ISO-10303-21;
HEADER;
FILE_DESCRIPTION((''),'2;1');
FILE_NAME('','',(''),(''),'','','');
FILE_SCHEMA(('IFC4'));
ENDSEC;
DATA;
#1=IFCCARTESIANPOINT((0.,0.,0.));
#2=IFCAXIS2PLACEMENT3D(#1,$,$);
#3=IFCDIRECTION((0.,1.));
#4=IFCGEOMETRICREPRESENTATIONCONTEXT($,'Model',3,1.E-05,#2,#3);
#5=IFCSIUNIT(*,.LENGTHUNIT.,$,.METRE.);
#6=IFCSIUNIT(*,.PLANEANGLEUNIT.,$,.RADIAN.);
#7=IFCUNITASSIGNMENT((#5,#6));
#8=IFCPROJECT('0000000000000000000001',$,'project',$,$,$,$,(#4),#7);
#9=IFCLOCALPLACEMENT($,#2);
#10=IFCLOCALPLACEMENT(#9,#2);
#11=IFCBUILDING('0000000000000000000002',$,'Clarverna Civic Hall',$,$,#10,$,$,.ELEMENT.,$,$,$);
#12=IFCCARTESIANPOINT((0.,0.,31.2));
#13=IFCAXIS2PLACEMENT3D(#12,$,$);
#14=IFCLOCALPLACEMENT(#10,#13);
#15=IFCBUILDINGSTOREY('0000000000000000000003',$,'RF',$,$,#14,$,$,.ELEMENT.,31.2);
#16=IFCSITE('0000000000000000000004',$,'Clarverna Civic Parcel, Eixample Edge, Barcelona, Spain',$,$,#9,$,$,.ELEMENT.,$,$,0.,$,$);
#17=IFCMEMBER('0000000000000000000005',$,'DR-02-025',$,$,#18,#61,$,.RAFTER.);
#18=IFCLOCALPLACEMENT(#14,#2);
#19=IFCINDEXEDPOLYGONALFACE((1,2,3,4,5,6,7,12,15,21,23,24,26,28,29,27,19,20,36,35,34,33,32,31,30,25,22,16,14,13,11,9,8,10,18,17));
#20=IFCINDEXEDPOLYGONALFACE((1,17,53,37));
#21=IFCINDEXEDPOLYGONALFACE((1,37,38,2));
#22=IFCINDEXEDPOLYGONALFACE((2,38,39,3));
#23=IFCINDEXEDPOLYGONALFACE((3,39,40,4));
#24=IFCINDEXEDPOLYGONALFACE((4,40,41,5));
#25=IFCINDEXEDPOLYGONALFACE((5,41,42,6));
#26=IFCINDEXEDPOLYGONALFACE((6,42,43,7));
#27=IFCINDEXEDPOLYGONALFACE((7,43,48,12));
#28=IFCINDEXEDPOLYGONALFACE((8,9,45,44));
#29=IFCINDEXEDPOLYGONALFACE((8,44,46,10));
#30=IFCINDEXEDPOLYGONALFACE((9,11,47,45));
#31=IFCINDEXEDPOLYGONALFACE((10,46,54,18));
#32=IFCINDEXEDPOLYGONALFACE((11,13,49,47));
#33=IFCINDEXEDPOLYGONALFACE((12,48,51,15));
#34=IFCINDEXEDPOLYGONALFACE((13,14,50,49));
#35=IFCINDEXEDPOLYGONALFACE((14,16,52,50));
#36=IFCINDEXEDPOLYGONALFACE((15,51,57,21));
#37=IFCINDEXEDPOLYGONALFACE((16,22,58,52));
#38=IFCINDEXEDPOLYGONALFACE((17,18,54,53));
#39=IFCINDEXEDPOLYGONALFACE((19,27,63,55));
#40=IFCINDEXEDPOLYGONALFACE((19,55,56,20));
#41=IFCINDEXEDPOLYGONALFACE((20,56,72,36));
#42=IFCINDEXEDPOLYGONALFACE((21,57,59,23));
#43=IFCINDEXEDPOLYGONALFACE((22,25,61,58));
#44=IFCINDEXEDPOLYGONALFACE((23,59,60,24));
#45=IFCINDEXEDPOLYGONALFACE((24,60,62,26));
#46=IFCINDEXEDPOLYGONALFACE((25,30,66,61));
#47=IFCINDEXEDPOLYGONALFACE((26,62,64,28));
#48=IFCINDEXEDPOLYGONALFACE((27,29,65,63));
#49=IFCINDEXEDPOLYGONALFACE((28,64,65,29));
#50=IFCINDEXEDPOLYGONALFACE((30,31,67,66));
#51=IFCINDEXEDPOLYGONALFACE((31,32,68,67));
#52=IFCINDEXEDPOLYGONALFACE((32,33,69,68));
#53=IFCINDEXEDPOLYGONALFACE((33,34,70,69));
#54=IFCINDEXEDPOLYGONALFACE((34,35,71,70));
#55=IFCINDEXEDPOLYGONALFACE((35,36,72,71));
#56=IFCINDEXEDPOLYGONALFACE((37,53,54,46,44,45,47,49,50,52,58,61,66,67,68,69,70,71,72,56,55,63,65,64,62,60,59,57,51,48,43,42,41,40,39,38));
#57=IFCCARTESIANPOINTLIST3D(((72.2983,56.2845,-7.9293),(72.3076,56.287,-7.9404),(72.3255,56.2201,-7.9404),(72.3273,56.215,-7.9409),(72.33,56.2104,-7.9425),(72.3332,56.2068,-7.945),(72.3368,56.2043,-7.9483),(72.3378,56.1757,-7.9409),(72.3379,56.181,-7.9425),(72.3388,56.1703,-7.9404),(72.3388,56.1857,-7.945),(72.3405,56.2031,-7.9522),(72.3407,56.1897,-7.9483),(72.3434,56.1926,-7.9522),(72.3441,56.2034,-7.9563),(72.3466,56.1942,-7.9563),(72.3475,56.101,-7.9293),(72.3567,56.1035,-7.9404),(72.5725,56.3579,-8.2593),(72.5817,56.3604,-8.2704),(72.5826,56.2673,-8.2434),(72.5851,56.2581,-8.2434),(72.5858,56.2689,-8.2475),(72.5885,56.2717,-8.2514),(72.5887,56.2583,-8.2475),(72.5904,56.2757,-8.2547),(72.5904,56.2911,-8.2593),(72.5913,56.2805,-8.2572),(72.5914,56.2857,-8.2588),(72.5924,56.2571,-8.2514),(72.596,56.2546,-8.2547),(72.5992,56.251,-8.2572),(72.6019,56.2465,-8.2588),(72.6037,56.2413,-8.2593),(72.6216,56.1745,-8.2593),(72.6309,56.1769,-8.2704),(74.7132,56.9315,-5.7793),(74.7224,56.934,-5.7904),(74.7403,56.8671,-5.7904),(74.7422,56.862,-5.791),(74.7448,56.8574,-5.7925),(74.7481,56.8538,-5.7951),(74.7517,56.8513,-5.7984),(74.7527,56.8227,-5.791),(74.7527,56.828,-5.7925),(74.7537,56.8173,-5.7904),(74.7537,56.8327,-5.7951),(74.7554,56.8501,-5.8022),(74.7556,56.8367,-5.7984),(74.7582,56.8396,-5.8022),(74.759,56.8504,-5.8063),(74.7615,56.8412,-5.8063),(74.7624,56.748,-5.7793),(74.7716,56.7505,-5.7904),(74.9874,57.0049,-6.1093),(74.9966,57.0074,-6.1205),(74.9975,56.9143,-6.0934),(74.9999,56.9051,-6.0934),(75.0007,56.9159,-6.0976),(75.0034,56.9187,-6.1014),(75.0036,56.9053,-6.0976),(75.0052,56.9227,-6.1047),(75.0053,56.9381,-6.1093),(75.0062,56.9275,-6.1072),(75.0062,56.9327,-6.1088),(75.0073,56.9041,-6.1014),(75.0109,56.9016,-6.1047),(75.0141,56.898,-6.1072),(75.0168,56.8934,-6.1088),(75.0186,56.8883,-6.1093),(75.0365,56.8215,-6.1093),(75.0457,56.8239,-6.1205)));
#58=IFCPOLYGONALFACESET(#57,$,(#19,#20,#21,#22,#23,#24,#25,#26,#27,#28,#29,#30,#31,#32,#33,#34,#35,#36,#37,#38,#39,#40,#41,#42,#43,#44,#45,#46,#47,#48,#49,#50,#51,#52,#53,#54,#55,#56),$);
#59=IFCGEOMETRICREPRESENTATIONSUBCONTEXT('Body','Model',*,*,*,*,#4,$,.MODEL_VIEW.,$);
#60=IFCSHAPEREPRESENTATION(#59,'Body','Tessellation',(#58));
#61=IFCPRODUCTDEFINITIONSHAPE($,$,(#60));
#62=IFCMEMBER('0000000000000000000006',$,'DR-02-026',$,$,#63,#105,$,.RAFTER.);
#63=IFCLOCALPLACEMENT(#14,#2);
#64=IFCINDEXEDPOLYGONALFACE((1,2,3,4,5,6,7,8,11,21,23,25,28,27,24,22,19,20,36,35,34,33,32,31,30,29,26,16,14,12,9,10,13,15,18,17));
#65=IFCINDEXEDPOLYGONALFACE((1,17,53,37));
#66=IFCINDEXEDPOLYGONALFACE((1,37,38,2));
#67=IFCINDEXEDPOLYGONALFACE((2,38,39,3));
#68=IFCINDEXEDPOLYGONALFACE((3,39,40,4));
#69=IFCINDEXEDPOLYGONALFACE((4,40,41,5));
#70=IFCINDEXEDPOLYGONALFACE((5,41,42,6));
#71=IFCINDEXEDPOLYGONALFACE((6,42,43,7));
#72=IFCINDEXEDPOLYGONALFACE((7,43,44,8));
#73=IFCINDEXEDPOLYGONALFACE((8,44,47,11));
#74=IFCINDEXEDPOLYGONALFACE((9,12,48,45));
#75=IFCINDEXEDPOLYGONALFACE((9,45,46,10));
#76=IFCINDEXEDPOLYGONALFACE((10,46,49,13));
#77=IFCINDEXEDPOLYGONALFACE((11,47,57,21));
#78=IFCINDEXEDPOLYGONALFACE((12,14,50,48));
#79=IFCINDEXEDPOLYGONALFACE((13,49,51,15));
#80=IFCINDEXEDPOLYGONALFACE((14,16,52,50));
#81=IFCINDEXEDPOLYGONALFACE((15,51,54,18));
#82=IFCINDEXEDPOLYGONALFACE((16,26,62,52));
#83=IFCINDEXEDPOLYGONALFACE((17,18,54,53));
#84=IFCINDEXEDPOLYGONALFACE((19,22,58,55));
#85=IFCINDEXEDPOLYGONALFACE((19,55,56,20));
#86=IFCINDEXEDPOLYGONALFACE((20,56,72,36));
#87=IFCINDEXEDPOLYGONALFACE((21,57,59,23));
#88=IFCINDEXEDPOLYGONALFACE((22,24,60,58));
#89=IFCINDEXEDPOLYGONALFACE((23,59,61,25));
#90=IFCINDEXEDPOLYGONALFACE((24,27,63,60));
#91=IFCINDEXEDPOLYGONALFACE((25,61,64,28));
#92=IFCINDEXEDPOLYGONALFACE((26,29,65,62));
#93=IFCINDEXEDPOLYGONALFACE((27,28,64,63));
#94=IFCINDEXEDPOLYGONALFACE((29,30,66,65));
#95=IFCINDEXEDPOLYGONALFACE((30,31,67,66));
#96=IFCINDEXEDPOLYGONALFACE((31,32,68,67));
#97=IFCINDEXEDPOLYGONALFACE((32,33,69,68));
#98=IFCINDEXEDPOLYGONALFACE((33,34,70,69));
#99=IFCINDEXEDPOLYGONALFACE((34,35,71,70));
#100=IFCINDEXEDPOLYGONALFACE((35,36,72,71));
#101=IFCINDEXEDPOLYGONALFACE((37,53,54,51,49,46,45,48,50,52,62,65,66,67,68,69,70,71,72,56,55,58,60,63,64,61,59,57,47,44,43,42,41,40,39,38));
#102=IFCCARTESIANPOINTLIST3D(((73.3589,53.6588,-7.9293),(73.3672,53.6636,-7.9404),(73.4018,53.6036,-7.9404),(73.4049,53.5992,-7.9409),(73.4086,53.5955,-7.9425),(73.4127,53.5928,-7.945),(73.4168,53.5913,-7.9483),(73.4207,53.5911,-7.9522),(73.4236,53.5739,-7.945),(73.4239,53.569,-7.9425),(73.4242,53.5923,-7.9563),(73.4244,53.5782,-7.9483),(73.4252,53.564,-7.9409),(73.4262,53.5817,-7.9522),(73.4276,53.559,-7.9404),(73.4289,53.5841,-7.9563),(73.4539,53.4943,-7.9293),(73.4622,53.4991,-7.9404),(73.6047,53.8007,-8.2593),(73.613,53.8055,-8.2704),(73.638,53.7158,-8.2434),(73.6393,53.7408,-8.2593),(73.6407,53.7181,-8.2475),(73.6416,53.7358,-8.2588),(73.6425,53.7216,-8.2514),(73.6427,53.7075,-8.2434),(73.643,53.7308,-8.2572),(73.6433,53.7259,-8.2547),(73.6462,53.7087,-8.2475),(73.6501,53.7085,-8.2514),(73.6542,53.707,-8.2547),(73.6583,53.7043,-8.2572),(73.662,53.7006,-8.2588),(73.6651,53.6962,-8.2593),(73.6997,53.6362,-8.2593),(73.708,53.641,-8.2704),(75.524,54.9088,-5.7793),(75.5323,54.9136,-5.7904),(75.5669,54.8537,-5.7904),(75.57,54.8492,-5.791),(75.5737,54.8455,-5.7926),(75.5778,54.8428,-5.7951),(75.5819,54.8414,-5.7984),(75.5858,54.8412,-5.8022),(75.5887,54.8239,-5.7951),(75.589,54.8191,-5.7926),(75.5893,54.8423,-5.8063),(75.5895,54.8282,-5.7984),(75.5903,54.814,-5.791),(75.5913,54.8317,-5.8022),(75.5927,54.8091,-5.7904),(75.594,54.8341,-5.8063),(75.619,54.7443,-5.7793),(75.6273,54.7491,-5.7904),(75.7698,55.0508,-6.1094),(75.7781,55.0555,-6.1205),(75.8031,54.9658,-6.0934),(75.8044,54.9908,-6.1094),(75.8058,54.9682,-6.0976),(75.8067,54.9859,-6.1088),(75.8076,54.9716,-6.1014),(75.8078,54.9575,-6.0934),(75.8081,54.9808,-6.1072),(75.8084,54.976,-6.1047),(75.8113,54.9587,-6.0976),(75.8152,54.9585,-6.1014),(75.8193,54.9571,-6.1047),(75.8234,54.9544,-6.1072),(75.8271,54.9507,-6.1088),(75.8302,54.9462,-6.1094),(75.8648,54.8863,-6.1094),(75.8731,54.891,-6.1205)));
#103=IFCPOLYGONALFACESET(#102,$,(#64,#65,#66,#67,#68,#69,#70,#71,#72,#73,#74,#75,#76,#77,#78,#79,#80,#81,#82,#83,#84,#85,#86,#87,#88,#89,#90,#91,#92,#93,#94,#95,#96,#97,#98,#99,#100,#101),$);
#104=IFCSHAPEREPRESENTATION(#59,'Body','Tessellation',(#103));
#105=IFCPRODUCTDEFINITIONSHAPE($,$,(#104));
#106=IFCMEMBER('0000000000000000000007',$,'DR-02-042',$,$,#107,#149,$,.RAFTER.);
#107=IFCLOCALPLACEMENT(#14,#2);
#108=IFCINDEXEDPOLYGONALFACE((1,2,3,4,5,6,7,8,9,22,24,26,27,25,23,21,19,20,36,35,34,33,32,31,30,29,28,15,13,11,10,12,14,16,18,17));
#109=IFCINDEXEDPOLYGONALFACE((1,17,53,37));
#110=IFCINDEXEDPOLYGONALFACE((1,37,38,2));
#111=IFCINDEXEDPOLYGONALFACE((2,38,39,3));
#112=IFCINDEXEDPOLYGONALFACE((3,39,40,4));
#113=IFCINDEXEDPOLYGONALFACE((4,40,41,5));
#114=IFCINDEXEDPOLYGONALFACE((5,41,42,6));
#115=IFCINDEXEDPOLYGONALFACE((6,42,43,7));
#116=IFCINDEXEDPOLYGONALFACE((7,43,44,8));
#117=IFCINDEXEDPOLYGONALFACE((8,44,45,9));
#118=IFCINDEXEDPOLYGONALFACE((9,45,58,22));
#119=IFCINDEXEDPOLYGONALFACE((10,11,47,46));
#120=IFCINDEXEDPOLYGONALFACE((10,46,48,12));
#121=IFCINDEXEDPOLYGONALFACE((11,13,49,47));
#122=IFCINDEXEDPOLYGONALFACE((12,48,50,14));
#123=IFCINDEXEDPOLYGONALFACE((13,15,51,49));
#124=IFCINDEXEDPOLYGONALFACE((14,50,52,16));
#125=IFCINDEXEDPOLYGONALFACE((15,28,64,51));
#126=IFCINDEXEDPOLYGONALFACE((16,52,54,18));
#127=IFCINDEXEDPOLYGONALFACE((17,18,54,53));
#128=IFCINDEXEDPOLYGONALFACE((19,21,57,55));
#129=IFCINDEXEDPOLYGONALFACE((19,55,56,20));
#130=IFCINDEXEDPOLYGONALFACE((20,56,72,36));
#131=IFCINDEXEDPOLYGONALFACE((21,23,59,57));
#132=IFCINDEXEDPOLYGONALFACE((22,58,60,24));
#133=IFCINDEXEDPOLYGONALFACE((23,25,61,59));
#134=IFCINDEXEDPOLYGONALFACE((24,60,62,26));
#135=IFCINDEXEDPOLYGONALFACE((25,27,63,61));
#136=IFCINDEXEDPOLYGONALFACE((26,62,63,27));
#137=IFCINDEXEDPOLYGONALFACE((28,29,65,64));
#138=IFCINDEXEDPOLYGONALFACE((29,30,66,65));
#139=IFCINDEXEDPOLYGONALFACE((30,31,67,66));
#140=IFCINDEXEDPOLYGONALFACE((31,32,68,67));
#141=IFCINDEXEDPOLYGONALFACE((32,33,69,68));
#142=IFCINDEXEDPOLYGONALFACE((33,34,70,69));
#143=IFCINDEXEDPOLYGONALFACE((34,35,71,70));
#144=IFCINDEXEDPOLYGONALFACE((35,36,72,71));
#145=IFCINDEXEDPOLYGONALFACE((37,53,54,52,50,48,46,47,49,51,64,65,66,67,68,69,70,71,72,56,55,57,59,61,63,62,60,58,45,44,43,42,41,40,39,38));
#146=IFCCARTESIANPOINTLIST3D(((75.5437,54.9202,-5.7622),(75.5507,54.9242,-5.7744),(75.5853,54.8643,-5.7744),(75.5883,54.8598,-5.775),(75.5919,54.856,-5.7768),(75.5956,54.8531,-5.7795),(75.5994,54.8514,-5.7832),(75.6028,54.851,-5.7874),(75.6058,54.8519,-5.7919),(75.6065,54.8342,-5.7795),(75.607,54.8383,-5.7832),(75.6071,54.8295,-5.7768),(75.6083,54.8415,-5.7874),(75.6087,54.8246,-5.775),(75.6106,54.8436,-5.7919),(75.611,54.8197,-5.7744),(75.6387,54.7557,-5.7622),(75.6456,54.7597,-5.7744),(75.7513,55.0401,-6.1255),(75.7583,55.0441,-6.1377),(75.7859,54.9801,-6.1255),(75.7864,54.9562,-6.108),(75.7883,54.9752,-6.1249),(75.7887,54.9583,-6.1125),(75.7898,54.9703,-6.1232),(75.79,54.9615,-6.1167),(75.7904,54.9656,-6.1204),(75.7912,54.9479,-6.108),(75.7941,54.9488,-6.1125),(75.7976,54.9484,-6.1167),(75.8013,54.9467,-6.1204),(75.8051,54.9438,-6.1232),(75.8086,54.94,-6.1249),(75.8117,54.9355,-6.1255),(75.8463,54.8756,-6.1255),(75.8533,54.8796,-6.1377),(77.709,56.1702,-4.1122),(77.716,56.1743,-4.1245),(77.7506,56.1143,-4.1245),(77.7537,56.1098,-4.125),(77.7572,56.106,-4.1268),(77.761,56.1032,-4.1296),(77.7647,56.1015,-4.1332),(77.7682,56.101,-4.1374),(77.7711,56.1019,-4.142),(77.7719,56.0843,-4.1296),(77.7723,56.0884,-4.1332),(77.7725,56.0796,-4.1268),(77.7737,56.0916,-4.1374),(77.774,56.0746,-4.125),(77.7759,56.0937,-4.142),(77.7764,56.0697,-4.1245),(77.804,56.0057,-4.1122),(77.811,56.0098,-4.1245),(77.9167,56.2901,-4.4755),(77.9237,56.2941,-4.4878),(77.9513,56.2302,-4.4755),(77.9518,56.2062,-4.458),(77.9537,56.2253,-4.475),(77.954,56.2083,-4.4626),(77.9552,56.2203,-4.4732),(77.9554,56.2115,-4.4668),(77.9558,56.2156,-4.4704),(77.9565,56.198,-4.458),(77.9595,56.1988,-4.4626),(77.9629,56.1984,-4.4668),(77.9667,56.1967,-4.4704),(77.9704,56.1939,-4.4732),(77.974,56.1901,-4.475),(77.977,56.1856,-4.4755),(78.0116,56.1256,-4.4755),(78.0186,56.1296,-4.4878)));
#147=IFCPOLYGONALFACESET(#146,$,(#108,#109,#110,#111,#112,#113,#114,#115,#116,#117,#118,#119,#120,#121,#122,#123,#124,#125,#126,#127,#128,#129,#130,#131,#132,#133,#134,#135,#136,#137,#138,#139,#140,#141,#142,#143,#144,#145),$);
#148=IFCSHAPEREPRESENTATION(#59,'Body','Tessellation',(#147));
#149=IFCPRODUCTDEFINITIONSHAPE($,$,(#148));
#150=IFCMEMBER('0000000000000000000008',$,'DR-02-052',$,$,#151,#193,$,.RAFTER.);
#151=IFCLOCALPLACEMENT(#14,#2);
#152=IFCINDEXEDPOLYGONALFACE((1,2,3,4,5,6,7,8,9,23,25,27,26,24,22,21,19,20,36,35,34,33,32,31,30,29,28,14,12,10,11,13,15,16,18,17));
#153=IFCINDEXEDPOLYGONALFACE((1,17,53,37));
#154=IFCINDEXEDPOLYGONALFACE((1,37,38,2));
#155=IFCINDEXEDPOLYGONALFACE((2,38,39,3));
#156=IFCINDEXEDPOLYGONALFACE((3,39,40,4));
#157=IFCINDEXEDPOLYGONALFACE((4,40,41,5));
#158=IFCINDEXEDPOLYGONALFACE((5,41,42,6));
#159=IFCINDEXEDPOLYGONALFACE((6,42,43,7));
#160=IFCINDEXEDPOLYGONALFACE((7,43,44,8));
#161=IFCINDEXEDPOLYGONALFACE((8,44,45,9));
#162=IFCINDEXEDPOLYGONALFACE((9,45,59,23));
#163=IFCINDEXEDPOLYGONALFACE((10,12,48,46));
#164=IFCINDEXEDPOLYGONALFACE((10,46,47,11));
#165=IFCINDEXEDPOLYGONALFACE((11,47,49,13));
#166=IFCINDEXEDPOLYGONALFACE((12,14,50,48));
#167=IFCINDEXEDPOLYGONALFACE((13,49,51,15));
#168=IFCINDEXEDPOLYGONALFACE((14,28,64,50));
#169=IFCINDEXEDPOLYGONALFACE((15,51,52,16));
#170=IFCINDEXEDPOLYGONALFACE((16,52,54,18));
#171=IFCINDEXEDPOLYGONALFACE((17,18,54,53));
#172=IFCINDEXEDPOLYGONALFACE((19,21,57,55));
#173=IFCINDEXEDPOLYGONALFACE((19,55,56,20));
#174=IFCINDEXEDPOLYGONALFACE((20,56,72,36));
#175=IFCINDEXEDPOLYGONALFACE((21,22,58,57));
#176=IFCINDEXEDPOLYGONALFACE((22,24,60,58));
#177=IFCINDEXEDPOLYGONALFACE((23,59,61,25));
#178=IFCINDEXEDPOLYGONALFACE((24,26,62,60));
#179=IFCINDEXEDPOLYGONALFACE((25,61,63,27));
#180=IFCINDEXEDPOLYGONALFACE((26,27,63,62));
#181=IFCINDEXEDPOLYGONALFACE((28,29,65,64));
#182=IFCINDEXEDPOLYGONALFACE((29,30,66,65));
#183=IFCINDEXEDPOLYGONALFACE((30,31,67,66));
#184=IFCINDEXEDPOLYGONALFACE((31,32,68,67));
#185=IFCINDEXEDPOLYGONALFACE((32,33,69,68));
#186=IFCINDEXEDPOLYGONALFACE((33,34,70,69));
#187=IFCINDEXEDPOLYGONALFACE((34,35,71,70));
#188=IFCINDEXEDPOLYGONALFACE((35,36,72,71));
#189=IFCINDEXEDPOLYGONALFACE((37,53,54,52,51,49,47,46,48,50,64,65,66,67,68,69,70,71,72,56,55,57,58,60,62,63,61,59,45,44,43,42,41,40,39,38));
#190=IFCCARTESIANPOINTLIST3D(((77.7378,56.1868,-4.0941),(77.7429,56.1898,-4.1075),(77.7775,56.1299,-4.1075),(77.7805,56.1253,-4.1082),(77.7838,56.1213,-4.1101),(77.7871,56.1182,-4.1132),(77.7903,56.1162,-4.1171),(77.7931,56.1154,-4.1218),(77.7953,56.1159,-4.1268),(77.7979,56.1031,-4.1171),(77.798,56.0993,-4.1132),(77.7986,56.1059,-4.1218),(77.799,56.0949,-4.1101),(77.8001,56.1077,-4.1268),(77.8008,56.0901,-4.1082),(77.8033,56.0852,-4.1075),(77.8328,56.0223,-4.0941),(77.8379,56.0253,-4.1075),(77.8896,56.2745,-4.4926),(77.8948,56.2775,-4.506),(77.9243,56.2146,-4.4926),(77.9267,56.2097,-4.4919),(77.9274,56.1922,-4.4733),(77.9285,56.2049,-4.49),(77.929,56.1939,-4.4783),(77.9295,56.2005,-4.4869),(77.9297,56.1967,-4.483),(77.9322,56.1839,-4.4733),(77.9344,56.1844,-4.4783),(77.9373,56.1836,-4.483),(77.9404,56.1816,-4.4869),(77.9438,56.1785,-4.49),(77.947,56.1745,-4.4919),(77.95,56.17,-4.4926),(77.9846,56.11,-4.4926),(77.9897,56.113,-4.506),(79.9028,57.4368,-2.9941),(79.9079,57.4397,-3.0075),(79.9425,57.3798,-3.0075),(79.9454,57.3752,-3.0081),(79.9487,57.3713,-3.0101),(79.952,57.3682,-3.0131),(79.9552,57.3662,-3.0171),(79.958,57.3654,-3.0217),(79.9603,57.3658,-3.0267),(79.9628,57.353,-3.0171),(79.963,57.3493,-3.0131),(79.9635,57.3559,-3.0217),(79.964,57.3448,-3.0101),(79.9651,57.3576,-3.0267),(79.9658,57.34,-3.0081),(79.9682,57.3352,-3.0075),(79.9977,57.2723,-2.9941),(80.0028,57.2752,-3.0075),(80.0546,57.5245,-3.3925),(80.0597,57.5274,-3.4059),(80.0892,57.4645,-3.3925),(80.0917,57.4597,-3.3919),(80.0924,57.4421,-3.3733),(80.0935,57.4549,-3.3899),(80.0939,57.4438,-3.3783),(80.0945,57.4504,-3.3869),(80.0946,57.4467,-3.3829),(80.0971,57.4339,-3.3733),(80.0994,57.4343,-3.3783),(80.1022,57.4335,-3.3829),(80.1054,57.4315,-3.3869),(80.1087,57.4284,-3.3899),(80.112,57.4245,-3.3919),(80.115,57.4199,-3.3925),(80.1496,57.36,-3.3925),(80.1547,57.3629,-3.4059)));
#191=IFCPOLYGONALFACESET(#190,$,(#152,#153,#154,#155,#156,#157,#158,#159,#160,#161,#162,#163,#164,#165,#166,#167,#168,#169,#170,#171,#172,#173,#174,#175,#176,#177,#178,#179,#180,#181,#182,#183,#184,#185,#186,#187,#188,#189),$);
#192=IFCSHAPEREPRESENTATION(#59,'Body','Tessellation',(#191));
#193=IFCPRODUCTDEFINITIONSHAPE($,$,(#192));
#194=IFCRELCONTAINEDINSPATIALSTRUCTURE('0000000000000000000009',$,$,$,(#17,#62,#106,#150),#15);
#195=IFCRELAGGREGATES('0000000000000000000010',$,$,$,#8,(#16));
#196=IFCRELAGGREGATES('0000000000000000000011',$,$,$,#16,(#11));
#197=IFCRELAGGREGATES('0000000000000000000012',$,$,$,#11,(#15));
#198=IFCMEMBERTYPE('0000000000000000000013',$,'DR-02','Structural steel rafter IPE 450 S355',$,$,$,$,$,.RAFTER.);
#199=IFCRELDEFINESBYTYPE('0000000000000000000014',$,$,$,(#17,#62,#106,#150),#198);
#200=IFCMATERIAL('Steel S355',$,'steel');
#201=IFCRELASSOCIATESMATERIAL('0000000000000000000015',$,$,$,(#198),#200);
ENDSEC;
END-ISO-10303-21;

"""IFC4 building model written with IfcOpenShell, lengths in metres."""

from ifc_helpers import new_model, si_unit, direction, frame, origin, origin_2d, place, context, subcontext, project, spatial, i_section, extrude, material, material_profile, profile_set, type_object, element, save


model = new_model("IFC4")

# Units and contexts
model_context = context("Model", 3, precision=1e-05, world=origin(), true_north=direction((0.0, 1.0)))
body_context = subcontext(model_context, "Body", "Model", "MODEL_VIEW")
ifc_project = project(units=[si_unit("LENGTHUNIT", "METRE"), si_unit("PLANEANGLEUNIT", "RADIAN")], contexts=[model_context])

# Site, building, storey
site_placement = place(None, origin())
site = spatial("IfcSite", under=ifc_project, at=site_placement, Name="Clarverna Civic Parcel, Eixample Edge, Barcelona, Spain", CompositionType="ELEMENT", RefElevation=0.0)
building_placement = place(site_placement, origin())
building = spatial("IfcBuilding", under=site, at=building_placement, Name="Clarverna Civic Hall", CompositionType="ELEMENT")
storey_placement = place(building_placement, frame((0.0, 0.0, 31.2)))
storey = spatial("IfcBuildingStorey", under=building, at=storey_placement, Name="RF", CompositionType="ELEMENT", Elevation=31.2)

# Members
ifc_material_1 = material(Name="Steel S355", Category="steel")
ifc_material_profile_1 = material_profile(ifc_material_1, i_section(OverallWidth=0.1899, OverallDepth=0.45, WebThickness=0.0095, FlangeThickness=0.0146, FilletRadius=0.021, at=origin_2d()), Name="IPE 450")
ifc_profile_set_1 = profile_set([ifc_material_profile_1], Name="Steel S355")
member_type_1 = type_object("IfcMemberType", Name="DR-02", Description="Structural steel rafter IPE 450 S355", PredefinedType="RAFTER", material=ifc_profile_set_1)
for number, where, z_axis, x_axis, name in (
    (1, (72.4646, 56.2307, -8.0999), (0.732365, 0.196216, 0.652028), (-0.258793, 0.965933, 0.0), "DR-02-025"),
    (2, (73.5334, 53.6499, -8.0999), (0.656616, 0.379102, 0.652025), (-0.500004, 0.866023, 0.0), "DR-02-026"),
):
    element("IfcMember", number, at=place(storey_placement, frame(where, z_axis=z_axis, x_axis=x_axis)), inside=storey, type_object=member_type_1, Name=name, PredefinedType="RAFTER", context=body_context, shape_type="SweptSolid", body=[
        extrude(i_section(OverallWidth=0.1899, OverallDepth=0.45, WebThickness=0.0095, FlangeThickness=0.0146, FilletRadius=0.021, at=origin_2d()), origin(), (0.0, 0.0, 1.0), 3.2974),
    ])
member_1_placement = place(storey_placement, frame((75.6985, 54.8999, -5.95), z_axis=(0.722841, 0.41729, 0.55079), x_axis=(-0.499962, 0.866047, 0.0)))
element("IfcMember", 3, at=member_1_placement, inside=storey, type_object=member_type_1, Name="DR-02-042", PredefinedType="RAFTER", context=body_context, shape_type="SweptSolid", body=[
    extrude(i_section(OverallWidth=0.1899, OverallDepth=0.45, WebThickness=0.0095, FlangeThickness=0.0146, FilletRadius=0.021, at=origin_2d()), origin(), (0.0, 0.0, 1.0), 2.9956),
])
member_2_placement = place(storey_placement, frame((77.8638, 56.1499, -4.3), z_axis=(0.792671, 0.457654, 0.402771), x_axis=(-0.500004, 0.866023, 0.0)))
element("IfcMember", 4, at=member_2_placement, inside=storey, type_object=member_type_1, Name="DR-02-052", PredefinedType="RAFTER", context=body_context, shape_type="SweptSolid", body=[
    extrude(i_section(OverallWidth=0.1899, OverallDepth=0.45, WebThickness=0.0095, FlangeThickness=0.0146, FilletRadius=0.021, at=origin_2d()), origin(), (0.0, 0.0, 1.0), 2.7312),
])

save(model, "model.ifc")
